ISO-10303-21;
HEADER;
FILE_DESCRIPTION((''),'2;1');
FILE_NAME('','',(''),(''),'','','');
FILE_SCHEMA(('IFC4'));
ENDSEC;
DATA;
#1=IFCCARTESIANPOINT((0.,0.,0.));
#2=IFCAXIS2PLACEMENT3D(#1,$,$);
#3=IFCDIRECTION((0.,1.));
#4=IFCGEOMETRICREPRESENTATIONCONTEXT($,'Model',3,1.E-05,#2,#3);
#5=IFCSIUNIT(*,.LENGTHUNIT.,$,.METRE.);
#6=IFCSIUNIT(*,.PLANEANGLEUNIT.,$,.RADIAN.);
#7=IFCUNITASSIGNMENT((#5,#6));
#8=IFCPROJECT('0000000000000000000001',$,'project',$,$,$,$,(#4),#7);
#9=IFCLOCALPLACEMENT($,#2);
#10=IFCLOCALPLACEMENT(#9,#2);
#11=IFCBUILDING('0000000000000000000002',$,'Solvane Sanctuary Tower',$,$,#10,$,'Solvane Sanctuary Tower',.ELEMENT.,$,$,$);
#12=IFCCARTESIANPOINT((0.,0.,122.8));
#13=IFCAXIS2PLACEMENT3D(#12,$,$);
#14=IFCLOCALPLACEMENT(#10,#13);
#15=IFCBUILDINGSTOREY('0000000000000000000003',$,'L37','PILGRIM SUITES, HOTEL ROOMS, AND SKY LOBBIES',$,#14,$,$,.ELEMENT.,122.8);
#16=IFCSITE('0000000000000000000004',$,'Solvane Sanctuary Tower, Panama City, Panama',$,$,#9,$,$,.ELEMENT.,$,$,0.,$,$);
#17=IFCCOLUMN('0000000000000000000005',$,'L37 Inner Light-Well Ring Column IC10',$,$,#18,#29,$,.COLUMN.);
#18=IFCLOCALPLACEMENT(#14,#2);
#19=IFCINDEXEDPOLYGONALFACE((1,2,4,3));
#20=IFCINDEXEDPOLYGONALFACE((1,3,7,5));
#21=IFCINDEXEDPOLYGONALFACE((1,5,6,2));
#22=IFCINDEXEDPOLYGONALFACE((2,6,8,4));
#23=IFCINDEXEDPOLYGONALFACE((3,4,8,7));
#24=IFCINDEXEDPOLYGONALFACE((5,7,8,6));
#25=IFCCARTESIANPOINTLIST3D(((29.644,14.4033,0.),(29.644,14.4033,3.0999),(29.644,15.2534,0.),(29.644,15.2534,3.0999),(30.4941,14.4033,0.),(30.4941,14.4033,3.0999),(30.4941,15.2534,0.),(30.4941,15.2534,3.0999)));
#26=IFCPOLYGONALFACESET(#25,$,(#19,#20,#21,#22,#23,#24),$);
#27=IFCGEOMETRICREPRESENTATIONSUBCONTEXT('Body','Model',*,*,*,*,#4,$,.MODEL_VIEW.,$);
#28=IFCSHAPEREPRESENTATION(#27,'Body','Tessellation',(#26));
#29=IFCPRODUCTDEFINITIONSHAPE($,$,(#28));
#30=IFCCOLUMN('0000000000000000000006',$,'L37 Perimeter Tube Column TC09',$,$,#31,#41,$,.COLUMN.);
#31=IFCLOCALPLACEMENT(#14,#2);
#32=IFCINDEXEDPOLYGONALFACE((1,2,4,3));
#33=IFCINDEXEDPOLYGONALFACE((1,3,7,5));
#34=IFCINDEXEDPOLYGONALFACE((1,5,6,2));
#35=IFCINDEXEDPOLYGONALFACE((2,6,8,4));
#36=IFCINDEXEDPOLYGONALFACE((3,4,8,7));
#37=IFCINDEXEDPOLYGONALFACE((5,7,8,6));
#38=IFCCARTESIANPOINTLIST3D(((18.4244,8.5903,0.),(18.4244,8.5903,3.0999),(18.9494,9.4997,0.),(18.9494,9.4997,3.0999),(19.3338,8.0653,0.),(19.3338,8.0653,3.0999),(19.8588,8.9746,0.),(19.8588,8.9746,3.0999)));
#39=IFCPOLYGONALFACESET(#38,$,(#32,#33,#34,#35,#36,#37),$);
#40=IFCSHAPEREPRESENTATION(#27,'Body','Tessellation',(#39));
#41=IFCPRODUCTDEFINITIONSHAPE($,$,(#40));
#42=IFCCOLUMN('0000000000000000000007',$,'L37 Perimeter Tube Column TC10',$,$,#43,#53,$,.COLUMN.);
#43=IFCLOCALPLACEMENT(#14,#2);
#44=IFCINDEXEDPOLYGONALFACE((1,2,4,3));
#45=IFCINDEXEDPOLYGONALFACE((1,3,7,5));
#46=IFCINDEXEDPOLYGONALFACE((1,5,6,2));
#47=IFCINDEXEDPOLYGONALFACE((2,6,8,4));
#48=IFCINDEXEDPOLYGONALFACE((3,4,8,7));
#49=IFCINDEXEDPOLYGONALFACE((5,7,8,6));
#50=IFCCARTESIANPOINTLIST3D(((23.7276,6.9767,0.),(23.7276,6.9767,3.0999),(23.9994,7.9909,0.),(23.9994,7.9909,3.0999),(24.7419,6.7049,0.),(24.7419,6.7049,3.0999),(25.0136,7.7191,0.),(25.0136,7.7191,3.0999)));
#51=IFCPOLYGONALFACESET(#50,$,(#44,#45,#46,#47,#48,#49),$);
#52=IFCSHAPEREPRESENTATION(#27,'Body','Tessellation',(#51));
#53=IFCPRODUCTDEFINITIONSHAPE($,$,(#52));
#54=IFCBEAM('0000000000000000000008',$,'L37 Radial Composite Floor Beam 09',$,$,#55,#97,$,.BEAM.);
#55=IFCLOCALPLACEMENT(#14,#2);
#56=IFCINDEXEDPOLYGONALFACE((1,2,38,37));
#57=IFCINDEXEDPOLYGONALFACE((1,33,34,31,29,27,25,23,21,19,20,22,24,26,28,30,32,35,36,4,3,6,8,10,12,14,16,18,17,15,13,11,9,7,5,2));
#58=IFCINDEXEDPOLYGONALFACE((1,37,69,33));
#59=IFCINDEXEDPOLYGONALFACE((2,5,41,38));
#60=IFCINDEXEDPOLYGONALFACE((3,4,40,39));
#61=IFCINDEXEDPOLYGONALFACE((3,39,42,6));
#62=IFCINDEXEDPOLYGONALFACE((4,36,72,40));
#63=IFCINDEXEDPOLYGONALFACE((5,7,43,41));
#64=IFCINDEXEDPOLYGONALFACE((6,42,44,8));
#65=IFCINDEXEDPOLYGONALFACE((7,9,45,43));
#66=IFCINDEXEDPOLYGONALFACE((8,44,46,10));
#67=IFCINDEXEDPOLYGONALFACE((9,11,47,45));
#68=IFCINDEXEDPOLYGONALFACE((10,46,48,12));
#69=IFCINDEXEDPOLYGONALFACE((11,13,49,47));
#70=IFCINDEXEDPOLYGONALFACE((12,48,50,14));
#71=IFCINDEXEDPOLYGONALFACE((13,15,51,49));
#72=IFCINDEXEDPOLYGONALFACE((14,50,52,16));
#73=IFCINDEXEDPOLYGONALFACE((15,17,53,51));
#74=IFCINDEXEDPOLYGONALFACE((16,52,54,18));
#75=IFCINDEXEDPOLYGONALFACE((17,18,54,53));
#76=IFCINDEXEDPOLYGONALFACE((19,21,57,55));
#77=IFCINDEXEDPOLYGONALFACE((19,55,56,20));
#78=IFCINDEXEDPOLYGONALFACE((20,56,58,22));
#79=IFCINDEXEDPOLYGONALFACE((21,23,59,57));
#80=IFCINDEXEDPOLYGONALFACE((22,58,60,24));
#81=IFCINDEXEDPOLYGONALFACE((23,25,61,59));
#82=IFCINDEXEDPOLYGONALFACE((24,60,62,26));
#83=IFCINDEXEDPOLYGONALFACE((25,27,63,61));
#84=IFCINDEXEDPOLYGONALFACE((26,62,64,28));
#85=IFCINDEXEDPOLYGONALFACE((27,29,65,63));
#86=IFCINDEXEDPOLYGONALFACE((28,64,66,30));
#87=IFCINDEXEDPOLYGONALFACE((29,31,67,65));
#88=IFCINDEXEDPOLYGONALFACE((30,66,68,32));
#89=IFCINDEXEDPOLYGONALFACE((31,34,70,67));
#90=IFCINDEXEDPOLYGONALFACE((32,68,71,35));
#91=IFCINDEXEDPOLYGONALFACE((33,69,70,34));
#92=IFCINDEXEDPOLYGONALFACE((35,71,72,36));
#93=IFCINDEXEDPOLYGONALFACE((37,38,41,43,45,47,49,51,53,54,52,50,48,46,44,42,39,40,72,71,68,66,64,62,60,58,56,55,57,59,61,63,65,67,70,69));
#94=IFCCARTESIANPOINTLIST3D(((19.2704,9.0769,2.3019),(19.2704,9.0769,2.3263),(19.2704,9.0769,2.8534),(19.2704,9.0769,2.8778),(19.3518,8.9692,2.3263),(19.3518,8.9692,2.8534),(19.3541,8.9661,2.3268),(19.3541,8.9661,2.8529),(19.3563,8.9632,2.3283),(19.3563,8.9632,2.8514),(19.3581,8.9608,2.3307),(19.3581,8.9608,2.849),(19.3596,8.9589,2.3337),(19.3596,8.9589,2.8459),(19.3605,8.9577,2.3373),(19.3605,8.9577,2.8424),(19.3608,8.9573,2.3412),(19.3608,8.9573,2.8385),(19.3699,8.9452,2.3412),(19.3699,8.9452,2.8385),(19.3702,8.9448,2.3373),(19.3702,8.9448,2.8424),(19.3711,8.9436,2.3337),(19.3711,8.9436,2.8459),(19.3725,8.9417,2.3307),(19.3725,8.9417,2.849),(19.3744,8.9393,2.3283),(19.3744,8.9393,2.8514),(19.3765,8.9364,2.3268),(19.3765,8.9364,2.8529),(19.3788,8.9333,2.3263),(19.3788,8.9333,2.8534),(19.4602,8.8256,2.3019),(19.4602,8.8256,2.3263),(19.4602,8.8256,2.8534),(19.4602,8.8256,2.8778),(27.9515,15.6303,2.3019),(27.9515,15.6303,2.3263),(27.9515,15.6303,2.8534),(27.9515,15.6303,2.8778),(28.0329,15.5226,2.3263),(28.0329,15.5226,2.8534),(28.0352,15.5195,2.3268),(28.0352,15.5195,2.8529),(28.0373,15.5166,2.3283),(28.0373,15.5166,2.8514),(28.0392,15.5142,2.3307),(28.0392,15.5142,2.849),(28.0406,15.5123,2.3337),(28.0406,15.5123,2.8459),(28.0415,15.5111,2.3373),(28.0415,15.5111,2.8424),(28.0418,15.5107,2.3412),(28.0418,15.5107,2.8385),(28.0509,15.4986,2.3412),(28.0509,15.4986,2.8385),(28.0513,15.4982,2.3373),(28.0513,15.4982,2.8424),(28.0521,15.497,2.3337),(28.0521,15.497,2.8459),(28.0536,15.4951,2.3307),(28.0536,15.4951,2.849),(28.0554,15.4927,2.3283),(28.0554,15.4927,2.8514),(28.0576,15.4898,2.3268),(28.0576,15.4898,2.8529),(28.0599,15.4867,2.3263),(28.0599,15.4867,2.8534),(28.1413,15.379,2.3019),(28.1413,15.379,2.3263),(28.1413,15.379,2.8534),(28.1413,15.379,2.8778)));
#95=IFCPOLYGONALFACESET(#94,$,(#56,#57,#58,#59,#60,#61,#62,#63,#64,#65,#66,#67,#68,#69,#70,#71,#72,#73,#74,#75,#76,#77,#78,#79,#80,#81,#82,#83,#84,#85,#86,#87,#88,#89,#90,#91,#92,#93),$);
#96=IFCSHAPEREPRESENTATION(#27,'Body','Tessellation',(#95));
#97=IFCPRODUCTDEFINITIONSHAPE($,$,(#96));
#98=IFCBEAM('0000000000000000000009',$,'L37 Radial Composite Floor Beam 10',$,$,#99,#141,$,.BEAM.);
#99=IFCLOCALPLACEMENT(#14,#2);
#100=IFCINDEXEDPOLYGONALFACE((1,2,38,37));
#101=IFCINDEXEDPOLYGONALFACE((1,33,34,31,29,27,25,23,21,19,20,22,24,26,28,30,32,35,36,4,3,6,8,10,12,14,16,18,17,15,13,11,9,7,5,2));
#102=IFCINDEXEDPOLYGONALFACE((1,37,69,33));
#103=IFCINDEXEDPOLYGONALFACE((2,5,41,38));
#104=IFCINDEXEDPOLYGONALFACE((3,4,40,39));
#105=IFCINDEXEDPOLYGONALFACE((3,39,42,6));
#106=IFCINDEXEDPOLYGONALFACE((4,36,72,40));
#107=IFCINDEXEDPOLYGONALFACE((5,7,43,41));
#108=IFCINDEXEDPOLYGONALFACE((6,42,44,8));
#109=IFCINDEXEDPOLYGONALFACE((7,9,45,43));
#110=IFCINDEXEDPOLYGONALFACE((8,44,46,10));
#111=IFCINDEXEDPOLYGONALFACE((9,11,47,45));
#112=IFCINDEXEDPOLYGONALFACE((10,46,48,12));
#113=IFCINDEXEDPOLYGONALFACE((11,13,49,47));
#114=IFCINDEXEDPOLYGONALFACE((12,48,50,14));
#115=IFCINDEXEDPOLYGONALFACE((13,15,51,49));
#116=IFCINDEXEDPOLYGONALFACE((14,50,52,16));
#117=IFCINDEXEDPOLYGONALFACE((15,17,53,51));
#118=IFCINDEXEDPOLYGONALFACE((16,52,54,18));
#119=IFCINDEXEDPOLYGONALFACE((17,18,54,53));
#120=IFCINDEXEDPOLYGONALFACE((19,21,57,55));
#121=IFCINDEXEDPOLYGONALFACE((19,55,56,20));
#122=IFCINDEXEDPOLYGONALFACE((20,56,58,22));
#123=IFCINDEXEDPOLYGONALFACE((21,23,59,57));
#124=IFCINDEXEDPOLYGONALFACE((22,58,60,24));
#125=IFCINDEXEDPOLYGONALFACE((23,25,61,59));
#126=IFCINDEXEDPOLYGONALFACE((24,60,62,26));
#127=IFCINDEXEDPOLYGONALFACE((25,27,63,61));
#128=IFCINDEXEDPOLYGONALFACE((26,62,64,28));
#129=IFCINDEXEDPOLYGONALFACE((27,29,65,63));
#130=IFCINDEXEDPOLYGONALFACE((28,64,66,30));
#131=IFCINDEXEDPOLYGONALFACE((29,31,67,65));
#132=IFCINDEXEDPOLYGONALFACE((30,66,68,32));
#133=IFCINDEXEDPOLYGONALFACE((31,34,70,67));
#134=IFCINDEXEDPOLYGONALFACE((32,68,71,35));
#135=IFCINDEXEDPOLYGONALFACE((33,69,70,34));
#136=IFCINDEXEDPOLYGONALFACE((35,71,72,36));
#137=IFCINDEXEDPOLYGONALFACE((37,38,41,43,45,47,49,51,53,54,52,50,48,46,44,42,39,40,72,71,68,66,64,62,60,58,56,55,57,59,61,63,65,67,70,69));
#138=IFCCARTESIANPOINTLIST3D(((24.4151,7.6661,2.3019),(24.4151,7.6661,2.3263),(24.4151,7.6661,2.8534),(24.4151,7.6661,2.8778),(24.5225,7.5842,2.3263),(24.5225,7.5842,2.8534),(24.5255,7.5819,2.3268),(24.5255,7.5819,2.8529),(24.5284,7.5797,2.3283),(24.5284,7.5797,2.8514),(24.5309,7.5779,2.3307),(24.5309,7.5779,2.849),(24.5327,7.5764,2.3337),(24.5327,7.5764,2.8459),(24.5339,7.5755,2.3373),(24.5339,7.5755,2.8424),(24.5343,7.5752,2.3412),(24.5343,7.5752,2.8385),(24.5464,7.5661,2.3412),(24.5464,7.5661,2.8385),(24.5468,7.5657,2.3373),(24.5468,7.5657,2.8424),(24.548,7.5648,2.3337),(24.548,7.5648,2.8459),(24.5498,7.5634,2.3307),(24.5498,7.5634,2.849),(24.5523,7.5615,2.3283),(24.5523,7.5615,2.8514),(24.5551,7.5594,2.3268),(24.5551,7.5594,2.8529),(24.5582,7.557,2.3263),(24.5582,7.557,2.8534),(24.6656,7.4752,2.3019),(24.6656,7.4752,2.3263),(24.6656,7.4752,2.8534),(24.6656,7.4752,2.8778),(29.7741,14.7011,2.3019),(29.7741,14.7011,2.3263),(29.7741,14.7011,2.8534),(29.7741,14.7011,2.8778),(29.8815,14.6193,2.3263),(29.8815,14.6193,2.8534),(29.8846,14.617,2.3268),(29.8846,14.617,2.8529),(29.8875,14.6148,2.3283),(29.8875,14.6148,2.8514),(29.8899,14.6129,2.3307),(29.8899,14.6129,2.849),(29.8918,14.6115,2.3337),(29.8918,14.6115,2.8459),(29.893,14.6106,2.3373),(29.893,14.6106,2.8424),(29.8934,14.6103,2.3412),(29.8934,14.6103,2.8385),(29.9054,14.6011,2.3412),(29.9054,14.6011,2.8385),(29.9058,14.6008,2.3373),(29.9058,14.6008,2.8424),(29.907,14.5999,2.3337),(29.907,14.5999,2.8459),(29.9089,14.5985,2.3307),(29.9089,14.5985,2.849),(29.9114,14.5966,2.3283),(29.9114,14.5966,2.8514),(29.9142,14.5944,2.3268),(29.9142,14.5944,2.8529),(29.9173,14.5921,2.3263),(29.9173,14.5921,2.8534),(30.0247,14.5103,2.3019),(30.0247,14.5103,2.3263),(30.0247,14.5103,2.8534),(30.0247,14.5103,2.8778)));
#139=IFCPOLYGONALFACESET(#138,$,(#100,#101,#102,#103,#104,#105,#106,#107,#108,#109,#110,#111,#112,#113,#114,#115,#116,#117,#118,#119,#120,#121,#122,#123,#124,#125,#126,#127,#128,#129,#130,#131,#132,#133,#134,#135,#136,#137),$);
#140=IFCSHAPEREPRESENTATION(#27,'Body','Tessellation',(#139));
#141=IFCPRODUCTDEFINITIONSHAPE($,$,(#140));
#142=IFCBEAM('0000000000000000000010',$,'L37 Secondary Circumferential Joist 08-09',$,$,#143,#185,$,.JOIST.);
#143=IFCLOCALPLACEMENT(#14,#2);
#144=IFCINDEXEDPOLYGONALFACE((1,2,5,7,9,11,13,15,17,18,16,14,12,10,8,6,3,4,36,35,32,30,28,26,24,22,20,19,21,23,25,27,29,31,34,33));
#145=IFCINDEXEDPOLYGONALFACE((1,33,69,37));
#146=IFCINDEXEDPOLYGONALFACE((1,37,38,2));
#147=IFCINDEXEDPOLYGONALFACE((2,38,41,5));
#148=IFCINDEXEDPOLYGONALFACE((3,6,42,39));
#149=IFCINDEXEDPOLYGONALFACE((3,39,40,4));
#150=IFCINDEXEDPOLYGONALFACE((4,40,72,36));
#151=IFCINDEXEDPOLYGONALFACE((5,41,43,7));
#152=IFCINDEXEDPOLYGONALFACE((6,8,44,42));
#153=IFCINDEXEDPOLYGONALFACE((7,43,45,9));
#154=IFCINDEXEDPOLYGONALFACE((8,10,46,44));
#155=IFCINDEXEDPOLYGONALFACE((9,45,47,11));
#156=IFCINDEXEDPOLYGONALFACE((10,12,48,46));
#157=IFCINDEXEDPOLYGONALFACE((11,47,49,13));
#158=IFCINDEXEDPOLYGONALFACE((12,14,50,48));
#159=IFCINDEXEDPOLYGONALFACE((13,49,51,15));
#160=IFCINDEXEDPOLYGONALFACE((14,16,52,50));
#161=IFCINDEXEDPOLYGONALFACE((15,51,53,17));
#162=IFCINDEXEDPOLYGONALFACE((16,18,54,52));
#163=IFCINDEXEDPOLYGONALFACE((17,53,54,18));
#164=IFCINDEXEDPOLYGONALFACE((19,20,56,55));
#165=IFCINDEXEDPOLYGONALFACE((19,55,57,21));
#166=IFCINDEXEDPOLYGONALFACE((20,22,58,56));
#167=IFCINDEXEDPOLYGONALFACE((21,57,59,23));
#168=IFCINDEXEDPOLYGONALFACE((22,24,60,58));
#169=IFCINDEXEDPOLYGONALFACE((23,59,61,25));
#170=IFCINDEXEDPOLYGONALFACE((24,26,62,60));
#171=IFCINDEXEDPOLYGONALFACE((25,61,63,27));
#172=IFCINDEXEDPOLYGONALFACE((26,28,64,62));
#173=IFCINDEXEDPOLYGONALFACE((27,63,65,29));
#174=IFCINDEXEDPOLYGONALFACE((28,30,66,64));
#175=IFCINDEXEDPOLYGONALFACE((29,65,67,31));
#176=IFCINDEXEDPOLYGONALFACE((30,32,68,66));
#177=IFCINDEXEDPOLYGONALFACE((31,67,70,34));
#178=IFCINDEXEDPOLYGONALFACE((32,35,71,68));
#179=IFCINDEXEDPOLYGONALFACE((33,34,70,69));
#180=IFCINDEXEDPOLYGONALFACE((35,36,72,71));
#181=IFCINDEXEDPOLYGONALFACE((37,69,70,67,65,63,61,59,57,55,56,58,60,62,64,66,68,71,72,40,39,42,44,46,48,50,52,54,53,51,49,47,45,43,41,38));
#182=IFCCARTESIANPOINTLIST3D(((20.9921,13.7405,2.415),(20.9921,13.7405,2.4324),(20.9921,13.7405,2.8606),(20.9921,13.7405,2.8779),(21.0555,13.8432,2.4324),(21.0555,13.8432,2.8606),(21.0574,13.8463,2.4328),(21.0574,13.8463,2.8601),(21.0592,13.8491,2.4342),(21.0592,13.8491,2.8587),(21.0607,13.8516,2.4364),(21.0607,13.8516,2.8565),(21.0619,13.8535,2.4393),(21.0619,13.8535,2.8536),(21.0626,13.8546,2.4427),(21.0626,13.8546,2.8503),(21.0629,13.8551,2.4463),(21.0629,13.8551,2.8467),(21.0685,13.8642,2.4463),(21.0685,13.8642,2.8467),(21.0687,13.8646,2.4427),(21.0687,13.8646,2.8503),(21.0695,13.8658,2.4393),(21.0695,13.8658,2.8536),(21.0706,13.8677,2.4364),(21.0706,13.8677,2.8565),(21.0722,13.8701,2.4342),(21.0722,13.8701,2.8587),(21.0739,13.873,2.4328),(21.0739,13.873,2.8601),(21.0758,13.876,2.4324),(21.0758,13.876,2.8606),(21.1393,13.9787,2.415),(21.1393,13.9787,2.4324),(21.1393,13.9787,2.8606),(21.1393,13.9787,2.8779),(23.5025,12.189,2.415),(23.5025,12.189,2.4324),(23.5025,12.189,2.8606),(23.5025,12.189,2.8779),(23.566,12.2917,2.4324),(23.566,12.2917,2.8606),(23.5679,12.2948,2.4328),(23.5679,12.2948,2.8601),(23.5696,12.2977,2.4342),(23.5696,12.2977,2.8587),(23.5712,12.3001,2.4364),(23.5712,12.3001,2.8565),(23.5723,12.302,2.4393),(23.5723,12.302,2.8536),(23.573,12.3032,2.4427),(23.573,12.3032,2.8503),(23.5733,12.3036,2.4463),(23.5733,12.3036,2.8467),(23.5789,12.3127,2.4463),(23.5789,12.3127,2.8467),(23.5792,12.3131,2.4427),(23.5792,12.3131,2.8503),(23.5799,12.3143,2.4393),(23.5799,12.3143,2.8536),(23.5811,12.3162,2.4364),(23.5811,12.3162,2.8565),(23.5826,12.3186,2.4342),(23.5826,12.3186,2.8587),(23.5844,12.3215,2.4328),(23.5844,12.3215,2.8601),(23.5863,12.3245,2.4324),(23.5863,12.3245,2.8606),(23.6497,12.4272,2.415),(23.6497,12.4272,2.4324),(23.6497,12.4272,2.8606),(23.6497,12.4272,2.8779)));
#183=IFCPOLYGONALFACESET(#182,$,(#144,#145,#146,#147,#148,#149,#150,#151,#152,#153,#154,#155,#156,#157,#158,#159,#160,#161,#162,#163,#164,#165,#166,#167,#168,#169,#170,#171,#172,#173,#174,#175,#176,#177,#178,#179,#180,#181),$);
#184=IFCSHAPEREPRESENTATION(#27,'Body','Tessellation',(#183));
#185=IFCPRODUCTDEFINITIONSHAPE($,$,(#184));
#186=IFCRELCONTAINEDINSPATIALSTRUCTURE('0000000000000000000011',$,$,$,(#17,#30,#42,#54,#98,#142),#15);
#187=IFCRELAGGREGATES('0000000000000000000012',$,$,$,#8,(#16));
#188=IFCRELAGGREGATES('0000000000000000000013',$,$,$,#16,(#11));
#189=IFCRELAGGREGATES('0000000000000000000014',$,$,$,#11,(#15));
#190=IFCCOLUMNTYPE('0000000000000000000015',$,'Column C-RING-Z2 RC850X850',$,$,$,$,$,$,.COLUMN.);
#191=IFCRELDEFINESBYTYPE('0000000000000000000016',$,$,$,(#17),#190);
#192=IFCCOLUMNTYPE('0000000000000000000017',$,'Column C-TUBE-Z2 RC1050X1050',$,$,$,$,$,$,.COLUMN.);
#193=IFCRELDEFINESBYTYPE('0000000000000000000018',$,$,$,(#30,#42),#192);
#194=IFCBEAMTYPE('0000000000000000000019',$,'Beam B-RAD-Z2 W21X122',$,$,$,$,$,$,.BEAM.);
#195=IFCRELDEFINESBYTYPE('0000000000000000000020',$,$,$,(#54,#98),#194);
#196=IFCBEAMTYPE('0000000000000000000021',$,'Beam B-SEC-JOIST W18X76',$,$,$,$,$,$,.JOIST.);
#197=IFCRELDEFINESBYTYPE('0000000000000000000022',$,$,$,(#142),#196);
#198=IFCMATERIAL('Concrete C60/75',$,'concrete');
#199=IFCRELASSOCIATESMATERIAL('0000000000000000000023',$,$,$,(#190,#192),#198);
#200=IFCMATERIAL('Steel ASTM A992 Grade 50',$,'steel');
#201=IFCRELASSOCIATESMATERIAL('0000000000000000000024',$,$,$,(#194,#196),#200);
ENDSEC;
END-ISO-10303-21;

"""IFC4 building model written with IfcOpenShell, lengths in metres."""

from ifc_helpers import new_model, si_unit, direction, frame, origin, origin_2d, place, context, subcontext, project, spatial, rectangle, i_section, extrude, material, material_profile, profile_set, type_object, element, save


model = new_model("IFC4")

# Units and contexts
model_context = context("Model", 3, precision=1e-05, world=origin(), true_north=direction((0.0, 1.0)))
body_context = subcontext(model_context, "Body", "Model", "MODEL_VIEW")
ifc_project = project(units=[si_unit("LENGTHUNIT", "METRE"), si_unit("PLANEANGLEUNIT", "RADIAN")], contexts=[model_context])

# Site, building, storey
site_placement = place(None, origin())
site = spatial("IfcSite", under=ifc_project, at=site_placement, Name="Solvane Sanctuary Tower, Panama City, Panama", CompositionType="ELEMENT", RefElevation=0.0)
building_placement = place(site_placement, origin())
building = spatial("IfcBuilding", under=site, at=building_placement, Name="Solvane Sanctuary Tower", LongName="Solvane Sanctuary Tower", CompositionType="ELEMENT")
storey_placement = place(building_placement, frame((0.0, 0.0, 122.8)))
storey = spatial("IfcBuildingStorey", under=building, at=storey_placement, Name="L37", Description="PILGRIM SUITES, HOTEL ROOMS, AND SKY LOBBIES", CompositionType="ELEMENT", Elevation=122.8)

# Columns
ifc_material_1 = material(Name="Concrete C60/75", Category="concrete")
ifc_material_profile_1 = material_profile(ifc_material_1, rectangle(XDim=0.8501, YDim=0.8501, at=origin_2d()), Name="RC850X850")
ifc_profile_set_1 = profile_set([ifc_material_profile_1], Name="Concrete C60/75")
column_type_1 = type_object("IfcColumnType", Name="Column C-RING-Z2 RC850X850", PredefinedType="COLUMN", material=ifc_profile_set_1)
column_placement = place(storey_placement, frame((30.0691, 14.8284, 0.0), z_axis=(0.0, 0.0, 1.0), x_axis=(1.0, 0.0, 0.0)))
element("IfcColumn", 1, at=column_placement, inside=storey, type_object=column_type_1, Name="L37 Inner Light-Well Ring Column IC10", PredefinedType="COLUMN", context=body_context, shape_type="SweptSolid", body=[
    extrude(rectangle(XDim=0.8501, YDim=0.8501, at=origin_2d()), origin(), (0.0, 0.0, 1.0), 3.0999),
])
ifc_material_profile_2 = material_profile(ifc_material_1, rectangle(XDim=1.05, YDim=1.05, at=origin_2d()), Name="RC1050X1050")
ifc_profile_set_2 = profile_set([ifc_material_profile_2], Name="Concrete C60/75")
column_type_2 = type_object("IfcColumnType", Name="Column C-TUBE-Z2 RC1050X1050", PredefinedType="COLUMN", material=ifc_profile_set_2)
for number, where, z_axis, x_axis, name in (
    (2, (19.1416, 8.7825, 0.0), (0.0, 0.0, 1.0), (-0.5, -0.866025, 0.0), "L37 Perimeter Tube Column TC09"),
    (3, (24.3706, 7.3479, 0.0), (0.0, 0.0, 1.0), (-0.258819, -0.965926, 0.0), "L37 Perimeter Tube Column TC10"),
):
    element("IfcColumn", number, at=place(storey_placement, frame(where, z_axis=z_axis, x_axis=x_axis)), inside=storey, type_object=column_type_2, Name=name, PredefinedType="COLUMN", context=body_context, shape_type="SweptSolid", body=[
        extrude(rectangle(XDim=1.05, YDim=1.05, at=origin_2d()), origin(), (0.0, 0.0, 1.0), 3.0999),
    ])

# Beams
ifc_material_2 = material(Name="Steel ASTM A992 Grade 50", Category="steel")
ifc_material_profile_3 = material_profile(ifc_material_2, i_section(OverallWidth=0.3149, OverallDepth=0.5759, WebThickness=0.0151, FlangeThickness=0.0244, FilletRadius=0.0149, at=origin_2d()), Name="W21X122")
ifc_profile_set_3 = profile_set([ifc_material_profile_3], Name="Steel ASTM A992 Grade 50")
beam_type_1 = type_object("IfcBeamType", Name="Beam B-RAD-Z2 W21X122", PredefinedType="BEAM", material=ifc_profile_set_3)
beam_1_placement = place(storey_placement, frame((28.0464, 15.5046, 2.5898), z_axis=(-0.798116, -0.602504, 0.0), x_axis=(0.602504, -0.798116, 0.0)))
element("IfcBeam", 4, at=beam_1_placement, inside=storey, type_object=beam_type_1, Name="L37 Radial Composite Floor Beam 09", PredefinedType="BEAM", context=body_context, shape_type="SweptSolid", body=[
    extrude(i_section(OverallWidth=0.3149, OverallDepth=0.5759, WebThickness=0.0151, FlangeThickness=0.0244, FilletRadius=0.0149, at=origin_2d()), origin(), (0.0, 0.0, 1.0), 10.877),
])
beam_2_placement = place(storey_placement, frame((29.8994, 14.6057, 2.5898), z_axis=(-0.605973, -0.795486, 0.0), x_axis=(0.795486, -0.605973, 0.0)))
element("IfcBeam", 5, at=beam_2_placement, inside=storey, type_object=beam_type_1, Name="L37 Radial Composite Floor Beam 10", PredefinedType="BEAM", context=body_context, shape_type="SweptSolid", body=[
    extrude(i_section(OverallWidth=0.3149, OverallDepth=0.5759, WebThickness=0.0151, FlangeThickness=0.0244, FilletRadius=0.0149, at=origin_2d()), origin(), (0.0, 0.0, 1.0), 8.8438),
])
ifc_material_profile_4 = material_profile(ifc_material_2, i_section(OverallWidth=0.28, OverallDepth=0.4629, WebThickness=0.0107, FlangeThickness=0.0173, FilletRadius=0.0139, at=origin_2d()), Name="W18X76")
ifc_profile_set_4 = profile_set([ifc_material_profile_4], Name="Steel ASTM A992 Grade 50")
beam_type_2 = type_object("IfcBeamType", Name="Beam B-SEC-JOIST W18X76", PredefinedType="JOIST", material=ifc_profile_set_4)
beam_3_placement = place(storey_placement, frame((21.0657, 13.8596, 2.6465), z_axis=(0.85066, -0.525717, 0.0), x_axis=(0.525717, 0.85066, 0.0)))
element("IfcBeam", 6, at=beam_3_placement, inside=storey, type_object=beam_type_2, Name="L37 Secondary Circumferential Joist 08-09", PredefinedType="JOIST", context=body_context, shape_type="SweptSolid", body=[
    extrude(i_section(OverallWidth=0.28, OverallDepth=0.4629, WebThickness=0.0107, FlangeThickness=0.0173, FilletRadius=0.0139, at=origin_2d()), origin(), (0.0, 0.0, 1.0), 2.9512),
])

save(model, "model.ifc")
